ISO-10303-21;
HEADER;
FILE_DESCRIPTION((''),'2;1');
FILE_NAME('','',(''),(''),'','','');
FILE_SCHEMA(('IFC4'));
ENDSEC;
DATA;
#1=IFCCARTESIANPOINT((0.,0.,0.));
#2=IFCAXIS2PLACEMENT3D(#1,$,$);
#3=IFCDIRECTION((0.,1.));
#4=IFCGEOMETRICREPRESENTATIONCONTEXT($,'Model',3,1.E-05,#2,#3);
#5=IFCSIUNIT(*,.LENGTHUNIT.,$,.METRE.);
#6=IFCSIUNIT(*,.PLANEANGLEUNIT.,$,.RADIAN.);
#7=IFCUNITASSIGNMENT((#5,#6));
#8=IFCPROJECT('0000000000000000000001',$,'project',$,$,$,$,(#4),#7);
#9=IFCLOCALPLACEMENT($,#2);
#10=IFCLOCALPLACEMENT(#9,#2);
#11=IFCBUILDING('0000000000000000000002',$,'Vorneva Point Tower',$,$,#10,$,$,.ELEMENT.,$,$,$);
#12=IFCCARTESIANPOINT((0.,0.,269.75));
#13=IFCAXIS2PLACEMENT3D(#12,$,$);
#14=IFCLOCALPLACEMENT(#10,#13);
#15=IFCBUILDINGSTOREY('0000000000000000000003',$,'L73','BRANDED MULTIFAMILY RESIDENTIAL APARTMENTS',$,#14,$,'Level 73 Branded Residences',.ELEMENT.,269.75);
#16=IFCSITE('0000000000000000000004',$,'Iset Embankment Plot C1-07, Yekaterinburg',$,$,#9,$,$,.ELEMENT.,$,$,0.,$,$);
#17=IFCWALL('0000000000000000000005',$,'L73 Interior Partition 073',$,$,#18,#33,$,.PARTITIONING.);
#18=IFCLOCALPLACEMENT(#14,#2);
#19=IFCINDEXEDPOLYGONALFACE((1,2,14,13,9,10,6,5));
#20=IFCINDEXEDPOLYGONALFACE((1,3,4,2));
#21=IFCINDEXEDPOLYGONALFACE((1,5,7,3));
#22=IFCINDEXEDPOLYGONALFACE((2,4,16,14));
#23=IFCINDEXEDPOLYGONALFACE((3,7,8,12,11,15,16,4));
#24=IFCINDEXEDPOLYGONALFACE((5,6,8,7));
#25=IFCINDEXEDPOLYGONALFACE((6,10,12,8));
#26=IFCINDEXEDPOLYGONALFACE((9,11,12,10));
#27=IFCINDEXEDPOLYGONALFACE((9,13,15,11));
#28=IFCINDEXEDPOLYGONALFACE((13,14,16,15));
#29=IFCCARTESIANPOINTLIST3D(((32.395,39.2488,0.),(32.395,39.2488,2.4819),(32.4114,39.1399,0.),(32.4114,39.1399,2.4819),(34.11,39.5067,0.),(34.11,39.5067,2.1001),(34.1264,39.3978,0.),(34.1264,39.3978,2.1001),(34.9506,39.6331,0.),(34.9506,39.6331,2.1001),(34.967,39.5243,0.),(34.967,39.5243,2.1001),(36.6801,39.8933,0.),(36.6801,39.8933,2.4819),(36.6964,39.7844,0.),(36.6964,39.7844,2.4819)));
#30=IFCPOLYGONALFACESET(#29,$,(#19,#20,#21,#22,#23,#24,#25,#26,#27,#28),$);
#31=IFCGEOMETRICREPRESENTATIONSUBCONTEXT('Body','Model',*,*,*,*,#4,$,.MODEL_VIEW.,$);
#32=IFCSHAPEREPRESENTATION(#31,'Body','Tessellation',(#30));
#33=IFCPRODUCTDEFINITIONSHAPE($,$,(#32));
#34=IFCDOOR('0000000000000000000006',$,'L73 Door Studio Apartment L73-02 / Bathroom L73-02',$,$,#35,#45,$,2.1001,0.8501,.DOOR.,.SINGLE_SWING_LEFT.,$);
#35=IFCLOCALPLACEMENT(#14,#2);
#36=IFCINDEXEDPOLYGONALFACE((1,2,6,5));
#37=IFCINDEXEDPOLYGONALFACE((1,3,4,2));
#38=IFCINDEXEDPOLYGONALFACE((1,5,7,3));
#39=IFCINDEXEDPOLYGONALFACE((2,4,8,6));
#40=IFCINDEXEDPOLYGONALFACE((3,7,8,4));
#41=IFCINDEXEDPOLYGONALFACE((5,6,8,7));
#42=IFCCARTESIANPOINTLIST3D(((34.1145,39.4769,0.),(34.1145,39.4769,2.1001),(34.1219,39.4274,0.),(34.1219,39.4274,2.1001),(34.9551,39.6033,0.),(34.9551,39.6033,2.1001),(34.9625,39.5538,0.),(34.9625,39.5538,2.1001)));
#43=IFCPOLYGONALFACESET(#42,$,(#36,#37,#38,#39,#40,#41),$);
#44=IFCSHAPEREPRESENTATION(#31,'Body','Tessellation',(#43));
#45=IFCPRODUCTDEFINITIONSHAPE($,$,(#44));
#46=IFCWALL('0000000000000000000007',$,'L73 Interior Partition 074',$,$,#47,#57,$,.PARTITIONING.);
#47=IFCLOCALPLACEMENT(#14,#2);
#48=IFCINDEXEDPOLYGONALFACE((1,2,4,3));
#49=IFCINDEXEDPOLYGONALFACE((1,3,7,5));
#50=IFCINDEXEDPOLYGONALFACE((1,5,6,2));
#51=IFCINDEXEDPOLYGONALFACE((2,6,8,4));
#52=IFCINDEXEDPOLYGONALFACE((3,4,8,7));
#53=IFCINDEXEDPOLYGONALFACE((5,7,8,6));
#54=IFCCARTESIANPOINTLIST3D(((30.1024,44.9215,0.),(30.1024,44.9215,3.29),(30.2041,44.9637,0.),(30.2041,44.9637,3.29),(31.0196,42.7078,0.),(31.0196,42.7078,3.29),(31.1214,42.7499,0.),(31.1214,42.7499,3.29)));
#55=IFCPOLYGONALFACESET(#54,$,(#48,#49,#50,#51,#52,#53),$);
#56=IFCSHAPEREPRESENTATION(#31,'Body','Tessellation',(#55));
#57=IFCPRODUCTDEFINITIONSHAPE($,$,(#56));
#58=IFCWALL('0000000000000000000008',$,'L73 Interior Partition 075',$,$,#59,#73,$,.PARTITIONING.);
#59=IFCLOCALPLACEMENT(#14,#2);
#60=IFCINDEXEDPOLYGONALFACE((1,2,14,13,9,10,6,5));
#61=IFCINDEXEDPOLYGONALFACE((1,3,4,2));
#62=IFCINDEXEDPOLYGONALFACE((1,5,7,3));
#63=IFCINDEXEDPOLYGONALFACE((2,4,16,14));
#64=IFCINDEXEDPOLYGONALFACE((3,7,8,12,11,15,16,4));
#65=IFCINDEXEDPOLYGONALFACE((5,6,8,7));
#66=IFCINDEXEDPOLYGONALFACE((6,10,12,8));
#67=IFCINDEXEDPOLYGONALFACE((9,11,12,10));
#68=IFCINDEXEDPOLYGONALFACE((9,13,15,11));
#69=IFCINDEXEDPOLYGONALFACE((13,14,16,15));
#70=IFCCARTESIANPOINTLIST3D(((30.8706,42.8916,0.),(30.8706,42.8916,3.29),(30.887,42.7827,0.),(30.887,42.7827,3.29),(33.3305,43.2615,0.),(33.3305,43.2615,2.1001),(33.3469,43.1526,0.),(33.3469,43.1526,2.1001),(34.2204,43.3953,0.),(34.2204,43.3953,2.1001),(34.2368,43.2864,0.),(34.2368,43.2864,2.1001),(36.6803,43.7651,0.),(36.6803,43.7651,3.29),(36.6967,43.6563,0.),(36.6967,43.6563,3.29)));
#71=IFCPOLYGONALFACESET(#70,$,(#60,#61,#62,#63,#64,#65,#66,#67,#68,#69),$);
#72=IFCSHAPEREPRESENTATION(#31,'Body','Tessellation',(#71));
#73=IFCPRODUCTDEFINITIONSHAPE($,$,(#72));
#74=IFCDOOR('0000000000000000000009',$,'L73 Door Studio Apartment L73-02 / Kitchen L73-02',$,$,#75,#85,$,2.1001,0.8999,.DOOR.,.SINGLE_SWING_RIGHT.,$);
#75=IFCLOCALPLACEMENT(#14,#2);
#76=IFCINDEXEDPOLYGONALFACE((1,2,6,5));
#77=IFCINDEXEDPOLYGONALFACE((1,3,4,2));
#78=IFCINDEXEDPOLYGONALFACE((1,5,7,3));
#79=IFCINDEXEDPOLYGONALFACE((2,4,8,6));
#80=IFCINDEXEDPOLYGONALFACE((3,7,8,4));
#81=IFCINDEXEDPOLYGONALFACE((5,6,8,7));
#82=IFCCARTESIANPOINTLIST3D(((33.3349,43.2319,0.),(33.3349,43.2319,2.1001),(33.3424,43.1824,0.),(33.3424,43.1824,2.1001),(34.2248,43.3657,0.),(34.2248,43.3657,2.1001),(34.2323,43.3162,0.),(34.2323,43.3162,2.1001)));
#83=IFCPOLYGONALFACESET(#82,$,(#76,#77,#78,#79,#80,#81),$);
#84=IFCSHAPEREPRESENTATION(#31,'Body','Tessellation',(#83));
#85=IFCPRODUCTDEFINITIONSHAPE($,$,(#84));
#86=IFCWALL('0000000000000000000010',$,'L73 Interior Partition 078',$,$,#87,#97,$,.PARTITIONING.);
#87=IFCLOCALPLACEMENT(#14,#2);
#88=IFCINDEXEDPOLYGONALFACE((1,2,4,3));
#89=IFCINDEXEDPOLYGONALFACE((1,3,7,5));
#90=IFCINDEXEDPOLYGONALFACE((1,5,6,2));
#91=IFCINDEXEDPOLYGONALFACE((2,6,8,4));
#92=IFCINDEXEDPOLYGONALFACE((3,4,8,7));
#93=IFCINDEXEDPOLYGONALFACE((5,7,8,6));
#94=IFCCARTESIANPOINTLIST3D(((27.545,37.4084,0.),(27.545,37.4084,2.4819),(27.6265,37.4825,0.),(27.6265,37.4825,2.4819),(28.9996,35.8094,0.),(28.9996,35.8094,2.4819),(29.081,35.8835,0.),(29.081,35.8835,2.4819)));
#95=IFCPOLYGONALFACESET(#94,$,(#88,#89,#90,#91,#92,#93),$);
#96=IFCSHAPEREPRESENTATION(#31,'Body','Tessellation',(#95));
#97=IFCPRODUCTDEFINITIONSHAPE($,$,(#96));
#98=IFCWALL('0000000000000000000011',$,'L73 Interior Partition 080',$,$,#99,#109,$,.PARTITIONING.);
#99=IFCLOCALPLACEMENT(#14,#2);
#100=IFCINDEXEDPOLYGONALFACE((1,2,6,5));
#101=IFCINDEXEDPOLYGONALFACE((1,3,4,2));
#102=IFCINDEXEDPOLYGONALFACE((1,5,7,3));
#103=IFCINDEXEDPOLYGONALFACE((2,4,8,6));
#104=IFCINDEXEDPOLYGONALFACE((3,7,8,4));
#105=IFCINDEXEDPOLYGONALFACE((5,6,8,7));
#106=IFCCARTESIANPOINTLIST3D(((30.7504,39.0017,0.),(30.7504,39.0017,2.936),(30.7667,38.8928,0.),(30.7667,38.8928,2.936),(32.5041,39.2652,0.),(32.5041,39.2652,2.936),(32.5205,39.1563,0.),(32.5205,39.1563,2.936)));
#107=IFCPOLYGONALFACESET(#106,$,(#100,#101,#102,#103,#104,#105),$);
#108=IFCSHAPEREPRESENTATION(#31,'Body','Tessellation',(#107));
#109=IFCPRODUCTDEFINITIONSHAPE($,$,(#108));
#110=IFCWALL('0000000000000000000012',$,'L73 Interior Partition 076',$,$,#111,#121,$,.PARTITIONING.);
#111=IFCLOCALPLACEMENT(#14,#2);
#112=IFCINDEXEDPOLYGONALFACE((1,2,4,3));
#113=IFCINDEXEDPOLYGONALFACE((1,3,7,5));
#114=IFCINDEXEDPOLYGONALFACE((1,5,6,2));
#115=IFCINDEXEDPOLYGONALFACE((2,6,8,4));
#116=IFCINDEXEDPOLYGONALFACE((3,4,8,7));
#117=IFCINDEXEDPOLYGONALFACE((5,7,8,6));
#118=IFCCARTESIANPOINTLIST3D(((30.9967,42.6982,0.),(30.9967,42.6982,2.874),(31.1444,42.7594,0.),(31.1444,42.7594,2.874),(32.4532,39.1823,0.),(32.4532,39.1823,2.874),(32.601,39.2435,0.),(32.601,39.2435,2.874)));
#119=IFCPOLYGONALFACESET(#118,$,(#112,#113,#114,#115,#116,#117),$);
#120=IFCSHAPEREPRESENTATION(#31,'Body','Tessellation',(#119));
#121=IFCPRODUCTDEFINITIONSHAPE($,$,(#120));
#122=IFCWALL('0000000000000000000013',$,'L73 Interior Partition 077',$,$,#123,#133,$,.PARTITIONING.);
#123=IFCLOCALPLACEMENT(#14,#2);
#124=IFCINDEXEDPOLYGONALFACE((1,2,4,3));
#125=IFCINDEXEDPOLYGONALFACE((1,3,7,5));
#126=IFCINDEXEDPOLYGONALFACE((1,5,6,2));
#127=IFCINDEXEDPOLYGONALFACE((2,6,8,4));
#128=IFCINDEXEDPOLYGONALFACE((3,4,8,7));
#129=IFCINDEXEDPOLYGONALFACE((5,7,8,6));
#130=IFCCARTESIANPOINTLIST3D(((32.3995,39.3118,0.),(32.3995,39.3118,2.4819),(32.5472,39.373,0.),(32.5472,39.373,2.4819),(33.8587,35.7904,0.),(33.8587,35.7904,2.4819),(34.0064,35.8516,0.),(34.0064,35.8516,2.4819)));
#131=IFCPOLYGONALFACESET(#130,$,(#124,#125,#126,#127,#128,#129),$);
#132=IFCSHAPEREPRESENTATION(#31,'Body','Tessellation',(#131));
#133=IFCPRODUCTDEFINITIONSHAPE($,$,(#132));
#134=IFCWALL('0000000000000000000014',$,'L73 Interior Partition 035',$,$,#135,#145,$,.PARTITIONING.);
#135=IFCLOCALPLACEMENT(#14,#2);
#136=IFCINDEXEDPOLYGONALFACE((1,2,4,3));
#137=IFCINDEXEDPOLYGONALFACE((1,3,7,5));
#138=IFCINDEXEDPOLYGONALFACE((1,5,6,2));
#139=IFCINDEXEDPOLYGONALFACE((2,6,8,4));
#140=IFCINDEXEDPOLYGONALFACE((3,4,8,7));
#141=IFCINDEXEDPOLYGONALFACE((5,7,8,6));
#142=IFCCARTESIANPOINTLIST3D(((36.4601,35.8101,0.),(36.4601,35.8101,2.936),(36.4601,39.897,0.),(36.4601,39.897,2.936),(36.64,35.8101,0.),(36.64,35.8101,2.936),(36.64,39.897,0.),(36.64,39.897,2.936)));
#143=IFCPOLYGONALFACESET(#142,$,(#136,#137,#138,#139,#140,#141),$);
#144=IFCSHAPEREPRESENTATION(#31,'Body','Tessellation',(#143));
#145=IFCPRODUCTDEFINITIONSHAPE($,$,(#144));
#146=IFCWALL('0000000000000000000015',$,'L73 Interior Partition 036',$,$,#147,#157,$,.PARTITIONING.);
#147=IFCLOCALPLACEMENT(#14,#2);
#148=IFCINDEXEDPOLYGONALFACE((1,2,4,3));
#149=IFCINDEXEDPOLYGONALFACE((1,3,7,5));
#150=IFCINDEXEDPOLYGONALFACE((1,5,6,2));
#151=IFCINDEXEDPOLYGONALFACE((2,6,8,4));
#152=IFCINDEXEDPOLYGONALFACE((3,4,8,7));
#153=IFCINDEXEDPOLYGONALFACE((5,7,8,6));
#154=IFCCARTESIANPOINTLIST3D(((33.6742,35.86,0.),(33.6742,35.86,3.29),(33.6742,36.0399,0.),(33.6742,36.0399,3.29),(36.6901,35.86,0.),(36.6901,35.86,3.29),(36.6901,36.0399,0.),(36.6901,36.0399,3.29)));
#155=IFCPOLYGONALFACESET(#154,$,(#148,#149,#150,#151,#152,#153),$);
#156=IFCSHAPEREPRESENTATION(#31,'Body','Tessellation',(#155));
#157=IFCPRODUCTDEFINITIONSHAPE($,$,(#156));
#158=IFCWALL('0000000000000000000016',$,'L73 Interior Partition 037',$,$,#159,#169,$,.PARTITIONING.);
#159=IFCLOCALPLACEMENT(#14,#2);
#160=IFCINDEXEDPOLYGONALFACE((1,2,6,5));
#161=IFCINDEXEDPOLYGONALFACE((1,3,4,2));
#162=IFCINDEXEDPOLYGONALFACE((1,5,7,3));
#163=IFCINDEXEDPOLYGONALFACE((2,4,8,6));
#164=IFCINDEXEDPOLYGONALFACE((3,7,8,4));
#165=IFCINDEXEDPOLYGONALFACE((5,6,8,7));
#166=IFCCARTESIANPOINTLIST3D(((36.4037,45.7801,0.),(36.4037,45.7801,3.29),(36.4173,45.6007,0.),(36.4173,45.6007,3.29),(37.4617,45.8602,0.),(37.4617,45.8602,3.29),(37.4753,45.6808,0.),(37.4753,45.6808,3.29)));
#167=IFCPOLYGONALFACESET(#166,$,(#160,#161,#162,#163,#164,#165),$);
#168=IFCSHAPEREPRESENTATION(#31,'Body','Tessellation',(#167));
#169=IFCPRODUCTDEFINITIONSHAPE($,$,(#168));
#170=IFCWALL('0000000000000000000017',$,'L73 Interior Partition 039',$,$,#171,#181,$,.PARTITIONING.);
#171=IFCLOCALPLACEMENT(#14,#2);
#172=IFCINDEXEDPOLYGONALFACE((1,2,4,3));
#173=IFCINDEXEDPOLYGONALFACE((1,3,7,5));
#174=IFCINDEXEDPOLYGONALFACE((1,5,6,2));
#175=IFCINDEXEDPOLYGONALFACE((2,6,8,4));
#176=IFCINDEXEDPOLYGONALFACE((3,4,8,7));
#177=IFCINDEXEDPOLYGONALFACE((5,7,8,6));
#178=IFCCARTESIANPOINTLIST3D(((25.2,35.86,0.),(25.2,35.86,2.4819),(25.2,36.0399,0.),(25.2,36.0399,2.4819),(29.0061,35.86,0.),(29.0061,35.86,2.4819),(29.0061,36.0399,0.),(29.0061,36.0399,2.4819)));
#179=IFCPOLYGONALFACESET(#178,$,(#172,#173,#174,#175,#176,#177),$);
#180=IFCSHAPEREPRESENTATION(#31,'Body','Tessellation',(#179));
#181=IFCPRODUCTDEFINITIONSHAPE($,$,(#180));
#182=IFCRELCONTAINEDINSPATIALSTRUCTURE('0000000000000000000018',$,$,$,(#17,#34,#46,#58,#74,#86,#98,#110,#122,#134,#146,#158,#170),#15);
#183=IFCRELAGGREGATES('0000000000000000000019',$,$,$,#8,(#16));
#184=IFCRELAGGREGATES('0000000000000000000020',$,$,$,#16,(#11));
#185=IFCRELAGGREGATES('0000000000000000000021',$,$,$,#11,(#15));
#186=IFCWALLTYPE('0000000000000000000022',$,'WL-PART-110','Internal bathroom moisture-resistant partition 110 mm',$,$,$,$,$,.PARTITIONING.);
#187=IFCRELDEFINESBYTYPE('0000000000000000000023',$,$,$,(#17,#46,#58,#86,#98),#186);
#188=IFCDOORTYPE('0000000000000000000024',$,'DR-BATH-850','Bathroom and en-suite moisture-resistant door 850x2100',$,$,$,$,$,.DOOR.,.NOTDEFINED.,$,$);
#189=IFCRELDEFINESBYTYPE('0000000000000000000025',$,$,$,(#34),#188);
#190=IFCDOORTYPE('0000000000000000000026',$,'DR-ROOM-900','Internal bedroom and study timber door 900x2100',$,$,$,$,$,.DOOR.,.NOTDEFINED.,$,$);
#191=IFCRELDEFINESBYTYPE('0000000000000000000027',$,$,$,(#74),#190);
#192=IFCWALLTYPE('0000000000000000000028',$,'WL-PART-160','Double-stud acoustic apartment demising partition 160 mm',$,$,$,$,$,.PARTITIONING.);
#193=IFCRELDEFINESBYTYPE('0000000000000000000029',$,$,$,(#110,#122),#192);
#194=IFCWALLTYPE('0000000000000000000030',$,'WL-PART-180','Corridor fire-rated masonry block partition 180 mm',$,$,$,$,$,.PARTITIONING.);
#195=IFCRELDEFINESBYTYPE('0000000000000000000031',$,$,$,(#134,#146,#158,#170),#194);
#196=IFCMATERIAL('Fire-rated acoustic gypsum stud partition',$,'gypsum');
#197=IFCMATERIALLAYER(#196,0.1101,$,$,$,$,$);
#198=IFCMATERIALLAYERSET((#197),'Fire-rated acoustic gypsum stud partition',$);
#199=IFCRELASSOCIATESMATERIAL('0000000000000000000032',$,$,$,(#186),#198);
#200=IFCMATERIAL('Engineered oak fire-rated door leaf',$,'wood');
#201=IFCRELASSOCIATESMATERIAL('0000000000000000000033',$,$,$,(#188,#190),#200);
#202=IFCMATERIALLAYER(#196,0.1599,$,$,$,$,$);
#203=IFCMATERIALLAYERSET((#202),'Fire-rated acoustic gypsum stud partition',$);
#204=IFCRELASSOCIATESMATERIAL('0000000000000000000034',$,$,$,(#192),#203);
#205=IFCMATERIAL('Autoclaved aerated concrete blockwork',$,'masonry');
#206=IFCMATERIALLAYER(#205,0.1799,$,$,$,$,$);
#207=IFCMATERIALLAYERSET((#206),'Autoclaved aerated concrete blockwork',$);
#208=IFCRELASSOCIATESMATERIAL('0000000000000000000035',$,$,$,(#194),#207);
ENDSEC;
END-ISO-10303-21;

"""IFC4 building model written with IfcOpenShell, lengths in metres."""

from ifc_helpers import new_model, si_unit, direction, frame, frame_2d, origin, place, context, subcontext, project, spatial, rectangle, extrude, material, layer, layer_set, type_object, element, fill, save


model = new_model("IFC4")

# Units and contexts
model_context = context("Model", 3, precision=1e-05, world=origin(), true_north=direction((0.0, 1.0)))
body_context = subcontext(model_context, "Body", "Model", "MODEL_VIEW")
ifc_project = project(units=[si_unit("LENGTHUNIT", "METRE"), si_unit("PLANEANGLEUNIT", "RADIAN")], contexts=[model_context])

# Site, building, storey
site_placement = place(None, origin())
site = spatial("IfcSite", under=ifc_project, at=site_placement, Name="Iset Embankment Plot C1-07, Yekaterinburg", CompositionType="ELEMENT", RefElevation=0.0)
building_placement = place(site_placement, origin())
building = spatial("IfcBuilding", under=site, at=building_placement, Name="Vorneva Point Tower", CompositionType="ELEMENT")
storey_placement = place(building_placement, frame((0.0, 0.0, 269.75)))
storey = spatial("IfcBuildingStorey", under=building, at=storey_placement, Name="L73", Description="BRANDED MULTIFAMILY RESIDENTIAL APARTMENTS", LongName="Level 73 Branded Residences", CompositionType="ELEMENT", Elevation=269.75)

# Wall, opening, door
ifc_material_1 = material(Name="Fire-rated acoustic gypsum stud partition", Category="gypsum")
ifc_layer_1 = layer(ifc_material_1, 0.1101)
ifc_layer_set_1 = layer_set([ifc_layer_1], Name="Fire-rated acoustic gypsum stud partition")
wall_type_1 = type_object("IfcWallType", Name="WL-PART-110", Description="Internal bathroom moisture-resistant partition 110 mm", PredefinedType="PARTITIONING", material=ifc_layer_set_1)
wall_1_placement = place(storey_placement, frame((32.4033, 39.1943, 0.0), z_axis=(0.0, 0.0, 1.0), x_axis=(0.988877, 0.148737, 0.0)))
wall_1 = element("IfcWall", 1, at=wall_1_placement, inside=storey, type_object=wall_type_1, Name="L73 Interior Partition 073", PredefinedType="PARTITIONING", context=body_context, shape_type="SweptSolid", body=[
    extrude(rectangle(XDim=4.3333, YDim=0.1101, at=frame_2d((2.1665, 0.0))), origin(), (0.0, 0.0, 1.0), 2.4819),
])
opening_1_placement = place(wall_1_placement, frame((1.7341, 0.0, 0.0)))
opening_1 = element("IfcOpeningElement", 2, at=opening_1_placement, cuts=wall_1, PredefinedType="OPENING", context=body_context, shape_type="SweptSolid", body=[
    extrude(rectangle(XDim=0.8501, YDim=2.1001, at=frame_2d((0.425, 1.05))), frame((0.0, 0.0698, 0.0), z_axis=(0.0, -1.0, 0.0), x_axis=(1.0, 0.0, 0.0)), (0.0, 0.0, 1.0), 0.1399),
])
ifc_material_2 = material(Name="Engineered oak fire-rated door leaf", Category="wood")
door_type_1 = type_object("IfcDoorType", Name="DR-BATH-850", Description="Bathroom and en-suite moisture-resistant door 850x2100", OperationType="NOTDEFINED", PredefinedType="DOOR", material=ifc_material_2)
door_1_placement = place(opening_1_placement, origin())
door_1 = element("IfcDoor", 3, at=door_1_placement, inside=storey, type_object=door_type_1, Name="L73 Door Studio Apartment L73-02 / Bathroom L73-02", OperationType="SINGLE_SWING_LEFT", OverallHeight=2.1001, OverallWidth=0.8501, PredefinedType="DOOR", context=body_context, shape_type="SweptSolid", body=[
    extrude(rectangle(XDim=0.8501, YDim=2.1001, at=frame_2d((0.425, 1.05))), frame((0.0, 0.0249, 0.0), z_axis=(0.0, -1.0, 0.0), x_axis=(1.0, 0.0, 0.0)), (0.0, 0.0, 1.0), 0.05),
])
fill(opening_1, door_1)

# Wall
wall_2_placement = place(storey_placement, frame((31.0706, 42.7288, 0.0), z_axis=(0.0, 0.0, 1.0), x_axis=(-0.382799, 0.923832, 0.0)))
element("IfcWall", 4, at=wall_2_placement, inside=storey, type_object=wall_type_1, Name="L73 Interior Partition 074", PredefinedType="PARTITIONING", context=body_context, shape_type="SweptSolid", body=[
    extrude(rectangle(XDim=2.3962, YDim=0.1101, at=frame_2d((1.1982, 0.0))), origin(), (0.0, 0.0, 1.0), 3.29),
])

# Wall, opening, door
wall_3_placement = place(storey_placement, frame((36.6885, 43.7107, 0.0), z_axis=(0.0, 0.0, 1.0), x_axis=(-0.988885, -0.148684, 0.0)))
wall_3 = element("IfcWall", 5, at=wall_3_placement, inside=storey, type_object=wall_type_1, Name="L73 Interior Partition 075", PredefinedType="PARTITIONING", context=body_context, shape_type="SweptSolid", body=[
    extrude(rectangle(XDim=5.875, YDim=0.1101, at=frame_2d((2.9375, 0.0))), origin(), (0.0, 0.0, 1.0), 3.29),
])
opening_2_placement = place(wall_3_placement, frame((2.4875, 0.0, 0.0)))
opening_2 = element("IfcOpeningElement", 6, at=opening_2_placement, cuts=wall_3, PredefinedType="OPENING", context=body_context, shape_type="SweptSolid", body=[
    extrude(rectangle(XDim=0.8999, YDim=2.1001, at=frame_2d((0.45, 1.05))), frame((0.0, 0.0698, 0.0), z_axis=(0.0, -1.0, 0.0), x_axis=(1.0, 0.0, 0.0)), (0.0, 0.0, 1.0), 0.1399),
])
door_type_2 = type_object("IfcDoorType", Name="DR-ROOM-900", Description="Internal bedroom and study timber door 900x2100", OperationType="NOTDEFINED", PredefinedType="DOOR", material=ifc_material_2)
door_2_placement = place(opening_2_placement, origin())
door_2 = element("IfcDoor", 7, at=door_2_placement, inside=storey, type_object=door_type_2, Name="L73 Door Studio Apartment L73-02 / Kitchen L73-02", OperationType="SINGLE_SWING_RIGHT", OverallHeight=2.1001, OverallWidth=0.8999, PredefinedType="DOOR", context=body_context, shape_type="SweptSolid", body=[
    extrude(rectangle(XDim=0.8999, YDim=2.1001, at=frame_2d((0.45, 1.05))), frame((0.0, 0.0249, 0.0), z_axis=(0.0, -1.0, 0.0), x_axis=(1.0, 0.0, 0.0)), (0.0, 0.0, 1.0), 0.05),
])
fill(opening_2, door_2)

# Walls
wall_4_placement = place(storey_placement, frame((29.0403, 35.8464, 0.0), z_axis=(0.0, 0.0, 1.0), x_axis=(-0.672886, 0.739746, 0.0)))
element("IfcWall", 8, at=wall_4_placement, inside=storey, type_object=wall_type_1, Name="L73 Interior Partition 078", PredefinedType="PARTITIONING", context=body_context, shape_type="SweptSolid", body=[
    extrude(rectangle(XDim=2.1616, YDim=0.1101, at=frame_2d((1.0808, 0.0))), origin(), (0.0, 0.0, 1.0), 2.4819),
])
wall_5_placement = place(storey_placement, frame((30.7585, 38.9473, 0.0), z_axis=(0.0, 0.0, 1.0), x_axis=(0.988905, 0.148549, 0.0)))
element("IfcWall", 9, at=wall_5_placement, inside=storey, type_object=wall_type_1, Name="L73 Interior Partition 080", PredefinedType="PARTITIONING", context=body_context, shape_type="SweptSolid", body=[
    extrude(rectangle(XDim=1.7734, YDim=0.1101, at=frame_2d((0.8867, 0.0))), origin(), (0.0, 0.0, 1.0), 2.936),
])
ifc_layer_2 = layer(ifc_material_1, 0.1599)
ifc_layer_set_2 = layer_set([ifc_layer_2], Name="Fire-rated acoustic gypsum stud partition")
wall_type_2 = type_object("IfcWallType", Name="WL-PART-160", Description="Double-stud acoustic apartment demising partition 160 mm", PredefinedType="PARTITIONING", material=ifc_layer_set_2)
wall_6_placement = place(storey_placement, frame((31.0706, 42.7288, 0.0), z_axis=(0.0, 0.0, 1.0), x_axis=(0.382733, -0.923859, 0.0)))
element("IfcWall", 10, at=wall_6_placement, inside=storey, type_object=wall_type_2, Name="L73 Interior Partition 076", PredefinedType="PARTITIONING", context=body_context, shape_type="SweptSolid", body=[
    extrude(rectangle(XDim=3.8057, YDim=0.1599, at=frame_2d((1.9028, 0.0))), origin(), (0.0, 0.0, 1.0), 2.874),
])
wall_7_placement = place(storey_placement, frame((32.4734, 39.3423, 0.0), z_axis=(0.0, 0.0, 1.0), x_axis=(0.382814, -0.923826, 0.0)))
element("IfcWall", 11, at=wall_7_placement, inside=storey, type_object=wall_type_2, Name="L73 Interior Partition 077", PredefinedType="PARTITIONING", context=body_context, shape_type="SweptSolid", body=[
    extrude(rectangle(XDim=3.8118, YDim=0.1599, at=frame_2d((1.9058, 0.0))), origin(), (0.0, 0.0, 1.0), 2.4819),
])

# Shared definitions
ifc_material_3 = material(Name="Autoclaved aerated concrete blockwork", Category="masonry")
ifc_layer_3 = layer(ifc_material_3, 0.1799)
ifc_layer_set_3 = layer_set([ifc_layer_3], Name="Autoclaved aerated concrete blockwork")
wall_type_3 = type_object("IfcWallType", Name="WL-PART-180", Description="Corridor fire-rated masonry block partition 180 mm", PredefinedType="PARTITIONING", material=ifc_layer_set_3)

# Walls
wall_8_placement = place(storey_placement, frame((36.55, 39.897, 0.0), z_axis=(0.0, 0.0, 1.0), x_axis=(0.0, -1.0, 0.0)))
element("IfcWall", 12, at=wall_8_placement, inside=storey, type_object=wall_type_3, Name="L73 Interior Partition 035", PredefinedType="PARTITIONING", context=body_context, shape_type="SweptSolid", body=[
    extrude(rectangle(XDim=4.0869, YDim=0.1799, at=frame_2d((2.0435, 0.0))), origin(), (0.0, 0.0, 1.0), 2.936),
])
wall_9_placement = place(storey_placement, frame((36.6899, 35.95, 0.0), z_axis=(0.0, 0.0, 1.0), x_axis=(-1.0, 0.0, 0.0)))
element("IfcWall", 13, at=wall_9_placement, inside=storey, type_object=wall_type_3, Name="L73 Interior Partition 036", PredefinedType="PARTITIONING", context=body_context, shape_type="SweptSolid", body=[
    extrude(rectangle(XDim=3.0159, YDim=0.1799, at=frame_2d((1.5078, 0.0))), origin(), (0.0, 0.0, 1.0), 3.29),
])
wall_10_placement = place(storey_placement, frame((37.4685, 45.7705, 0.0), z_axis=(0.0, 0.0, 1.0), x_axis=(-0.997148, -0.075465, 0.0)))
element("IfcWall", 14, at=wall_10_placement, inside=storey, type_object=wall_type_3, Name="L73 Interior Partition 037", PredefinedType="PARTITIONING", context=body_context, shape_type="SweptSolid", body=[
    extrude(rectangle(XDim=1.061, YDim=0.1799, at=frame_2d((0.5305, 0.0))), origin(), (0.0, 0.0, 1.0), 3.29),
])

# Wall
wall_11_placement = place(storey_placement, frame((29.0061, 35.95, 0.0), z_axis=(0.0, 0.0, 1.0), x_axis=(-1.0, 0.0, 0.0)))
element("IfcWall", 15, at=wall_11_placement, inside=storey, type_object=wall_type_3, Name="L73 Interior Partition 039", PredefinedType="PARTITIONING", context=body_context, shape_type="SweptSolid", body=[
    extrude(rectangle(XDim=3.8062, YDim=0.1799, at=frame_2d((1.9031, 0.0))), origin(), (0.0, 0.0, 1.0), 2.4819),
])

save(model, "model.ifc")
